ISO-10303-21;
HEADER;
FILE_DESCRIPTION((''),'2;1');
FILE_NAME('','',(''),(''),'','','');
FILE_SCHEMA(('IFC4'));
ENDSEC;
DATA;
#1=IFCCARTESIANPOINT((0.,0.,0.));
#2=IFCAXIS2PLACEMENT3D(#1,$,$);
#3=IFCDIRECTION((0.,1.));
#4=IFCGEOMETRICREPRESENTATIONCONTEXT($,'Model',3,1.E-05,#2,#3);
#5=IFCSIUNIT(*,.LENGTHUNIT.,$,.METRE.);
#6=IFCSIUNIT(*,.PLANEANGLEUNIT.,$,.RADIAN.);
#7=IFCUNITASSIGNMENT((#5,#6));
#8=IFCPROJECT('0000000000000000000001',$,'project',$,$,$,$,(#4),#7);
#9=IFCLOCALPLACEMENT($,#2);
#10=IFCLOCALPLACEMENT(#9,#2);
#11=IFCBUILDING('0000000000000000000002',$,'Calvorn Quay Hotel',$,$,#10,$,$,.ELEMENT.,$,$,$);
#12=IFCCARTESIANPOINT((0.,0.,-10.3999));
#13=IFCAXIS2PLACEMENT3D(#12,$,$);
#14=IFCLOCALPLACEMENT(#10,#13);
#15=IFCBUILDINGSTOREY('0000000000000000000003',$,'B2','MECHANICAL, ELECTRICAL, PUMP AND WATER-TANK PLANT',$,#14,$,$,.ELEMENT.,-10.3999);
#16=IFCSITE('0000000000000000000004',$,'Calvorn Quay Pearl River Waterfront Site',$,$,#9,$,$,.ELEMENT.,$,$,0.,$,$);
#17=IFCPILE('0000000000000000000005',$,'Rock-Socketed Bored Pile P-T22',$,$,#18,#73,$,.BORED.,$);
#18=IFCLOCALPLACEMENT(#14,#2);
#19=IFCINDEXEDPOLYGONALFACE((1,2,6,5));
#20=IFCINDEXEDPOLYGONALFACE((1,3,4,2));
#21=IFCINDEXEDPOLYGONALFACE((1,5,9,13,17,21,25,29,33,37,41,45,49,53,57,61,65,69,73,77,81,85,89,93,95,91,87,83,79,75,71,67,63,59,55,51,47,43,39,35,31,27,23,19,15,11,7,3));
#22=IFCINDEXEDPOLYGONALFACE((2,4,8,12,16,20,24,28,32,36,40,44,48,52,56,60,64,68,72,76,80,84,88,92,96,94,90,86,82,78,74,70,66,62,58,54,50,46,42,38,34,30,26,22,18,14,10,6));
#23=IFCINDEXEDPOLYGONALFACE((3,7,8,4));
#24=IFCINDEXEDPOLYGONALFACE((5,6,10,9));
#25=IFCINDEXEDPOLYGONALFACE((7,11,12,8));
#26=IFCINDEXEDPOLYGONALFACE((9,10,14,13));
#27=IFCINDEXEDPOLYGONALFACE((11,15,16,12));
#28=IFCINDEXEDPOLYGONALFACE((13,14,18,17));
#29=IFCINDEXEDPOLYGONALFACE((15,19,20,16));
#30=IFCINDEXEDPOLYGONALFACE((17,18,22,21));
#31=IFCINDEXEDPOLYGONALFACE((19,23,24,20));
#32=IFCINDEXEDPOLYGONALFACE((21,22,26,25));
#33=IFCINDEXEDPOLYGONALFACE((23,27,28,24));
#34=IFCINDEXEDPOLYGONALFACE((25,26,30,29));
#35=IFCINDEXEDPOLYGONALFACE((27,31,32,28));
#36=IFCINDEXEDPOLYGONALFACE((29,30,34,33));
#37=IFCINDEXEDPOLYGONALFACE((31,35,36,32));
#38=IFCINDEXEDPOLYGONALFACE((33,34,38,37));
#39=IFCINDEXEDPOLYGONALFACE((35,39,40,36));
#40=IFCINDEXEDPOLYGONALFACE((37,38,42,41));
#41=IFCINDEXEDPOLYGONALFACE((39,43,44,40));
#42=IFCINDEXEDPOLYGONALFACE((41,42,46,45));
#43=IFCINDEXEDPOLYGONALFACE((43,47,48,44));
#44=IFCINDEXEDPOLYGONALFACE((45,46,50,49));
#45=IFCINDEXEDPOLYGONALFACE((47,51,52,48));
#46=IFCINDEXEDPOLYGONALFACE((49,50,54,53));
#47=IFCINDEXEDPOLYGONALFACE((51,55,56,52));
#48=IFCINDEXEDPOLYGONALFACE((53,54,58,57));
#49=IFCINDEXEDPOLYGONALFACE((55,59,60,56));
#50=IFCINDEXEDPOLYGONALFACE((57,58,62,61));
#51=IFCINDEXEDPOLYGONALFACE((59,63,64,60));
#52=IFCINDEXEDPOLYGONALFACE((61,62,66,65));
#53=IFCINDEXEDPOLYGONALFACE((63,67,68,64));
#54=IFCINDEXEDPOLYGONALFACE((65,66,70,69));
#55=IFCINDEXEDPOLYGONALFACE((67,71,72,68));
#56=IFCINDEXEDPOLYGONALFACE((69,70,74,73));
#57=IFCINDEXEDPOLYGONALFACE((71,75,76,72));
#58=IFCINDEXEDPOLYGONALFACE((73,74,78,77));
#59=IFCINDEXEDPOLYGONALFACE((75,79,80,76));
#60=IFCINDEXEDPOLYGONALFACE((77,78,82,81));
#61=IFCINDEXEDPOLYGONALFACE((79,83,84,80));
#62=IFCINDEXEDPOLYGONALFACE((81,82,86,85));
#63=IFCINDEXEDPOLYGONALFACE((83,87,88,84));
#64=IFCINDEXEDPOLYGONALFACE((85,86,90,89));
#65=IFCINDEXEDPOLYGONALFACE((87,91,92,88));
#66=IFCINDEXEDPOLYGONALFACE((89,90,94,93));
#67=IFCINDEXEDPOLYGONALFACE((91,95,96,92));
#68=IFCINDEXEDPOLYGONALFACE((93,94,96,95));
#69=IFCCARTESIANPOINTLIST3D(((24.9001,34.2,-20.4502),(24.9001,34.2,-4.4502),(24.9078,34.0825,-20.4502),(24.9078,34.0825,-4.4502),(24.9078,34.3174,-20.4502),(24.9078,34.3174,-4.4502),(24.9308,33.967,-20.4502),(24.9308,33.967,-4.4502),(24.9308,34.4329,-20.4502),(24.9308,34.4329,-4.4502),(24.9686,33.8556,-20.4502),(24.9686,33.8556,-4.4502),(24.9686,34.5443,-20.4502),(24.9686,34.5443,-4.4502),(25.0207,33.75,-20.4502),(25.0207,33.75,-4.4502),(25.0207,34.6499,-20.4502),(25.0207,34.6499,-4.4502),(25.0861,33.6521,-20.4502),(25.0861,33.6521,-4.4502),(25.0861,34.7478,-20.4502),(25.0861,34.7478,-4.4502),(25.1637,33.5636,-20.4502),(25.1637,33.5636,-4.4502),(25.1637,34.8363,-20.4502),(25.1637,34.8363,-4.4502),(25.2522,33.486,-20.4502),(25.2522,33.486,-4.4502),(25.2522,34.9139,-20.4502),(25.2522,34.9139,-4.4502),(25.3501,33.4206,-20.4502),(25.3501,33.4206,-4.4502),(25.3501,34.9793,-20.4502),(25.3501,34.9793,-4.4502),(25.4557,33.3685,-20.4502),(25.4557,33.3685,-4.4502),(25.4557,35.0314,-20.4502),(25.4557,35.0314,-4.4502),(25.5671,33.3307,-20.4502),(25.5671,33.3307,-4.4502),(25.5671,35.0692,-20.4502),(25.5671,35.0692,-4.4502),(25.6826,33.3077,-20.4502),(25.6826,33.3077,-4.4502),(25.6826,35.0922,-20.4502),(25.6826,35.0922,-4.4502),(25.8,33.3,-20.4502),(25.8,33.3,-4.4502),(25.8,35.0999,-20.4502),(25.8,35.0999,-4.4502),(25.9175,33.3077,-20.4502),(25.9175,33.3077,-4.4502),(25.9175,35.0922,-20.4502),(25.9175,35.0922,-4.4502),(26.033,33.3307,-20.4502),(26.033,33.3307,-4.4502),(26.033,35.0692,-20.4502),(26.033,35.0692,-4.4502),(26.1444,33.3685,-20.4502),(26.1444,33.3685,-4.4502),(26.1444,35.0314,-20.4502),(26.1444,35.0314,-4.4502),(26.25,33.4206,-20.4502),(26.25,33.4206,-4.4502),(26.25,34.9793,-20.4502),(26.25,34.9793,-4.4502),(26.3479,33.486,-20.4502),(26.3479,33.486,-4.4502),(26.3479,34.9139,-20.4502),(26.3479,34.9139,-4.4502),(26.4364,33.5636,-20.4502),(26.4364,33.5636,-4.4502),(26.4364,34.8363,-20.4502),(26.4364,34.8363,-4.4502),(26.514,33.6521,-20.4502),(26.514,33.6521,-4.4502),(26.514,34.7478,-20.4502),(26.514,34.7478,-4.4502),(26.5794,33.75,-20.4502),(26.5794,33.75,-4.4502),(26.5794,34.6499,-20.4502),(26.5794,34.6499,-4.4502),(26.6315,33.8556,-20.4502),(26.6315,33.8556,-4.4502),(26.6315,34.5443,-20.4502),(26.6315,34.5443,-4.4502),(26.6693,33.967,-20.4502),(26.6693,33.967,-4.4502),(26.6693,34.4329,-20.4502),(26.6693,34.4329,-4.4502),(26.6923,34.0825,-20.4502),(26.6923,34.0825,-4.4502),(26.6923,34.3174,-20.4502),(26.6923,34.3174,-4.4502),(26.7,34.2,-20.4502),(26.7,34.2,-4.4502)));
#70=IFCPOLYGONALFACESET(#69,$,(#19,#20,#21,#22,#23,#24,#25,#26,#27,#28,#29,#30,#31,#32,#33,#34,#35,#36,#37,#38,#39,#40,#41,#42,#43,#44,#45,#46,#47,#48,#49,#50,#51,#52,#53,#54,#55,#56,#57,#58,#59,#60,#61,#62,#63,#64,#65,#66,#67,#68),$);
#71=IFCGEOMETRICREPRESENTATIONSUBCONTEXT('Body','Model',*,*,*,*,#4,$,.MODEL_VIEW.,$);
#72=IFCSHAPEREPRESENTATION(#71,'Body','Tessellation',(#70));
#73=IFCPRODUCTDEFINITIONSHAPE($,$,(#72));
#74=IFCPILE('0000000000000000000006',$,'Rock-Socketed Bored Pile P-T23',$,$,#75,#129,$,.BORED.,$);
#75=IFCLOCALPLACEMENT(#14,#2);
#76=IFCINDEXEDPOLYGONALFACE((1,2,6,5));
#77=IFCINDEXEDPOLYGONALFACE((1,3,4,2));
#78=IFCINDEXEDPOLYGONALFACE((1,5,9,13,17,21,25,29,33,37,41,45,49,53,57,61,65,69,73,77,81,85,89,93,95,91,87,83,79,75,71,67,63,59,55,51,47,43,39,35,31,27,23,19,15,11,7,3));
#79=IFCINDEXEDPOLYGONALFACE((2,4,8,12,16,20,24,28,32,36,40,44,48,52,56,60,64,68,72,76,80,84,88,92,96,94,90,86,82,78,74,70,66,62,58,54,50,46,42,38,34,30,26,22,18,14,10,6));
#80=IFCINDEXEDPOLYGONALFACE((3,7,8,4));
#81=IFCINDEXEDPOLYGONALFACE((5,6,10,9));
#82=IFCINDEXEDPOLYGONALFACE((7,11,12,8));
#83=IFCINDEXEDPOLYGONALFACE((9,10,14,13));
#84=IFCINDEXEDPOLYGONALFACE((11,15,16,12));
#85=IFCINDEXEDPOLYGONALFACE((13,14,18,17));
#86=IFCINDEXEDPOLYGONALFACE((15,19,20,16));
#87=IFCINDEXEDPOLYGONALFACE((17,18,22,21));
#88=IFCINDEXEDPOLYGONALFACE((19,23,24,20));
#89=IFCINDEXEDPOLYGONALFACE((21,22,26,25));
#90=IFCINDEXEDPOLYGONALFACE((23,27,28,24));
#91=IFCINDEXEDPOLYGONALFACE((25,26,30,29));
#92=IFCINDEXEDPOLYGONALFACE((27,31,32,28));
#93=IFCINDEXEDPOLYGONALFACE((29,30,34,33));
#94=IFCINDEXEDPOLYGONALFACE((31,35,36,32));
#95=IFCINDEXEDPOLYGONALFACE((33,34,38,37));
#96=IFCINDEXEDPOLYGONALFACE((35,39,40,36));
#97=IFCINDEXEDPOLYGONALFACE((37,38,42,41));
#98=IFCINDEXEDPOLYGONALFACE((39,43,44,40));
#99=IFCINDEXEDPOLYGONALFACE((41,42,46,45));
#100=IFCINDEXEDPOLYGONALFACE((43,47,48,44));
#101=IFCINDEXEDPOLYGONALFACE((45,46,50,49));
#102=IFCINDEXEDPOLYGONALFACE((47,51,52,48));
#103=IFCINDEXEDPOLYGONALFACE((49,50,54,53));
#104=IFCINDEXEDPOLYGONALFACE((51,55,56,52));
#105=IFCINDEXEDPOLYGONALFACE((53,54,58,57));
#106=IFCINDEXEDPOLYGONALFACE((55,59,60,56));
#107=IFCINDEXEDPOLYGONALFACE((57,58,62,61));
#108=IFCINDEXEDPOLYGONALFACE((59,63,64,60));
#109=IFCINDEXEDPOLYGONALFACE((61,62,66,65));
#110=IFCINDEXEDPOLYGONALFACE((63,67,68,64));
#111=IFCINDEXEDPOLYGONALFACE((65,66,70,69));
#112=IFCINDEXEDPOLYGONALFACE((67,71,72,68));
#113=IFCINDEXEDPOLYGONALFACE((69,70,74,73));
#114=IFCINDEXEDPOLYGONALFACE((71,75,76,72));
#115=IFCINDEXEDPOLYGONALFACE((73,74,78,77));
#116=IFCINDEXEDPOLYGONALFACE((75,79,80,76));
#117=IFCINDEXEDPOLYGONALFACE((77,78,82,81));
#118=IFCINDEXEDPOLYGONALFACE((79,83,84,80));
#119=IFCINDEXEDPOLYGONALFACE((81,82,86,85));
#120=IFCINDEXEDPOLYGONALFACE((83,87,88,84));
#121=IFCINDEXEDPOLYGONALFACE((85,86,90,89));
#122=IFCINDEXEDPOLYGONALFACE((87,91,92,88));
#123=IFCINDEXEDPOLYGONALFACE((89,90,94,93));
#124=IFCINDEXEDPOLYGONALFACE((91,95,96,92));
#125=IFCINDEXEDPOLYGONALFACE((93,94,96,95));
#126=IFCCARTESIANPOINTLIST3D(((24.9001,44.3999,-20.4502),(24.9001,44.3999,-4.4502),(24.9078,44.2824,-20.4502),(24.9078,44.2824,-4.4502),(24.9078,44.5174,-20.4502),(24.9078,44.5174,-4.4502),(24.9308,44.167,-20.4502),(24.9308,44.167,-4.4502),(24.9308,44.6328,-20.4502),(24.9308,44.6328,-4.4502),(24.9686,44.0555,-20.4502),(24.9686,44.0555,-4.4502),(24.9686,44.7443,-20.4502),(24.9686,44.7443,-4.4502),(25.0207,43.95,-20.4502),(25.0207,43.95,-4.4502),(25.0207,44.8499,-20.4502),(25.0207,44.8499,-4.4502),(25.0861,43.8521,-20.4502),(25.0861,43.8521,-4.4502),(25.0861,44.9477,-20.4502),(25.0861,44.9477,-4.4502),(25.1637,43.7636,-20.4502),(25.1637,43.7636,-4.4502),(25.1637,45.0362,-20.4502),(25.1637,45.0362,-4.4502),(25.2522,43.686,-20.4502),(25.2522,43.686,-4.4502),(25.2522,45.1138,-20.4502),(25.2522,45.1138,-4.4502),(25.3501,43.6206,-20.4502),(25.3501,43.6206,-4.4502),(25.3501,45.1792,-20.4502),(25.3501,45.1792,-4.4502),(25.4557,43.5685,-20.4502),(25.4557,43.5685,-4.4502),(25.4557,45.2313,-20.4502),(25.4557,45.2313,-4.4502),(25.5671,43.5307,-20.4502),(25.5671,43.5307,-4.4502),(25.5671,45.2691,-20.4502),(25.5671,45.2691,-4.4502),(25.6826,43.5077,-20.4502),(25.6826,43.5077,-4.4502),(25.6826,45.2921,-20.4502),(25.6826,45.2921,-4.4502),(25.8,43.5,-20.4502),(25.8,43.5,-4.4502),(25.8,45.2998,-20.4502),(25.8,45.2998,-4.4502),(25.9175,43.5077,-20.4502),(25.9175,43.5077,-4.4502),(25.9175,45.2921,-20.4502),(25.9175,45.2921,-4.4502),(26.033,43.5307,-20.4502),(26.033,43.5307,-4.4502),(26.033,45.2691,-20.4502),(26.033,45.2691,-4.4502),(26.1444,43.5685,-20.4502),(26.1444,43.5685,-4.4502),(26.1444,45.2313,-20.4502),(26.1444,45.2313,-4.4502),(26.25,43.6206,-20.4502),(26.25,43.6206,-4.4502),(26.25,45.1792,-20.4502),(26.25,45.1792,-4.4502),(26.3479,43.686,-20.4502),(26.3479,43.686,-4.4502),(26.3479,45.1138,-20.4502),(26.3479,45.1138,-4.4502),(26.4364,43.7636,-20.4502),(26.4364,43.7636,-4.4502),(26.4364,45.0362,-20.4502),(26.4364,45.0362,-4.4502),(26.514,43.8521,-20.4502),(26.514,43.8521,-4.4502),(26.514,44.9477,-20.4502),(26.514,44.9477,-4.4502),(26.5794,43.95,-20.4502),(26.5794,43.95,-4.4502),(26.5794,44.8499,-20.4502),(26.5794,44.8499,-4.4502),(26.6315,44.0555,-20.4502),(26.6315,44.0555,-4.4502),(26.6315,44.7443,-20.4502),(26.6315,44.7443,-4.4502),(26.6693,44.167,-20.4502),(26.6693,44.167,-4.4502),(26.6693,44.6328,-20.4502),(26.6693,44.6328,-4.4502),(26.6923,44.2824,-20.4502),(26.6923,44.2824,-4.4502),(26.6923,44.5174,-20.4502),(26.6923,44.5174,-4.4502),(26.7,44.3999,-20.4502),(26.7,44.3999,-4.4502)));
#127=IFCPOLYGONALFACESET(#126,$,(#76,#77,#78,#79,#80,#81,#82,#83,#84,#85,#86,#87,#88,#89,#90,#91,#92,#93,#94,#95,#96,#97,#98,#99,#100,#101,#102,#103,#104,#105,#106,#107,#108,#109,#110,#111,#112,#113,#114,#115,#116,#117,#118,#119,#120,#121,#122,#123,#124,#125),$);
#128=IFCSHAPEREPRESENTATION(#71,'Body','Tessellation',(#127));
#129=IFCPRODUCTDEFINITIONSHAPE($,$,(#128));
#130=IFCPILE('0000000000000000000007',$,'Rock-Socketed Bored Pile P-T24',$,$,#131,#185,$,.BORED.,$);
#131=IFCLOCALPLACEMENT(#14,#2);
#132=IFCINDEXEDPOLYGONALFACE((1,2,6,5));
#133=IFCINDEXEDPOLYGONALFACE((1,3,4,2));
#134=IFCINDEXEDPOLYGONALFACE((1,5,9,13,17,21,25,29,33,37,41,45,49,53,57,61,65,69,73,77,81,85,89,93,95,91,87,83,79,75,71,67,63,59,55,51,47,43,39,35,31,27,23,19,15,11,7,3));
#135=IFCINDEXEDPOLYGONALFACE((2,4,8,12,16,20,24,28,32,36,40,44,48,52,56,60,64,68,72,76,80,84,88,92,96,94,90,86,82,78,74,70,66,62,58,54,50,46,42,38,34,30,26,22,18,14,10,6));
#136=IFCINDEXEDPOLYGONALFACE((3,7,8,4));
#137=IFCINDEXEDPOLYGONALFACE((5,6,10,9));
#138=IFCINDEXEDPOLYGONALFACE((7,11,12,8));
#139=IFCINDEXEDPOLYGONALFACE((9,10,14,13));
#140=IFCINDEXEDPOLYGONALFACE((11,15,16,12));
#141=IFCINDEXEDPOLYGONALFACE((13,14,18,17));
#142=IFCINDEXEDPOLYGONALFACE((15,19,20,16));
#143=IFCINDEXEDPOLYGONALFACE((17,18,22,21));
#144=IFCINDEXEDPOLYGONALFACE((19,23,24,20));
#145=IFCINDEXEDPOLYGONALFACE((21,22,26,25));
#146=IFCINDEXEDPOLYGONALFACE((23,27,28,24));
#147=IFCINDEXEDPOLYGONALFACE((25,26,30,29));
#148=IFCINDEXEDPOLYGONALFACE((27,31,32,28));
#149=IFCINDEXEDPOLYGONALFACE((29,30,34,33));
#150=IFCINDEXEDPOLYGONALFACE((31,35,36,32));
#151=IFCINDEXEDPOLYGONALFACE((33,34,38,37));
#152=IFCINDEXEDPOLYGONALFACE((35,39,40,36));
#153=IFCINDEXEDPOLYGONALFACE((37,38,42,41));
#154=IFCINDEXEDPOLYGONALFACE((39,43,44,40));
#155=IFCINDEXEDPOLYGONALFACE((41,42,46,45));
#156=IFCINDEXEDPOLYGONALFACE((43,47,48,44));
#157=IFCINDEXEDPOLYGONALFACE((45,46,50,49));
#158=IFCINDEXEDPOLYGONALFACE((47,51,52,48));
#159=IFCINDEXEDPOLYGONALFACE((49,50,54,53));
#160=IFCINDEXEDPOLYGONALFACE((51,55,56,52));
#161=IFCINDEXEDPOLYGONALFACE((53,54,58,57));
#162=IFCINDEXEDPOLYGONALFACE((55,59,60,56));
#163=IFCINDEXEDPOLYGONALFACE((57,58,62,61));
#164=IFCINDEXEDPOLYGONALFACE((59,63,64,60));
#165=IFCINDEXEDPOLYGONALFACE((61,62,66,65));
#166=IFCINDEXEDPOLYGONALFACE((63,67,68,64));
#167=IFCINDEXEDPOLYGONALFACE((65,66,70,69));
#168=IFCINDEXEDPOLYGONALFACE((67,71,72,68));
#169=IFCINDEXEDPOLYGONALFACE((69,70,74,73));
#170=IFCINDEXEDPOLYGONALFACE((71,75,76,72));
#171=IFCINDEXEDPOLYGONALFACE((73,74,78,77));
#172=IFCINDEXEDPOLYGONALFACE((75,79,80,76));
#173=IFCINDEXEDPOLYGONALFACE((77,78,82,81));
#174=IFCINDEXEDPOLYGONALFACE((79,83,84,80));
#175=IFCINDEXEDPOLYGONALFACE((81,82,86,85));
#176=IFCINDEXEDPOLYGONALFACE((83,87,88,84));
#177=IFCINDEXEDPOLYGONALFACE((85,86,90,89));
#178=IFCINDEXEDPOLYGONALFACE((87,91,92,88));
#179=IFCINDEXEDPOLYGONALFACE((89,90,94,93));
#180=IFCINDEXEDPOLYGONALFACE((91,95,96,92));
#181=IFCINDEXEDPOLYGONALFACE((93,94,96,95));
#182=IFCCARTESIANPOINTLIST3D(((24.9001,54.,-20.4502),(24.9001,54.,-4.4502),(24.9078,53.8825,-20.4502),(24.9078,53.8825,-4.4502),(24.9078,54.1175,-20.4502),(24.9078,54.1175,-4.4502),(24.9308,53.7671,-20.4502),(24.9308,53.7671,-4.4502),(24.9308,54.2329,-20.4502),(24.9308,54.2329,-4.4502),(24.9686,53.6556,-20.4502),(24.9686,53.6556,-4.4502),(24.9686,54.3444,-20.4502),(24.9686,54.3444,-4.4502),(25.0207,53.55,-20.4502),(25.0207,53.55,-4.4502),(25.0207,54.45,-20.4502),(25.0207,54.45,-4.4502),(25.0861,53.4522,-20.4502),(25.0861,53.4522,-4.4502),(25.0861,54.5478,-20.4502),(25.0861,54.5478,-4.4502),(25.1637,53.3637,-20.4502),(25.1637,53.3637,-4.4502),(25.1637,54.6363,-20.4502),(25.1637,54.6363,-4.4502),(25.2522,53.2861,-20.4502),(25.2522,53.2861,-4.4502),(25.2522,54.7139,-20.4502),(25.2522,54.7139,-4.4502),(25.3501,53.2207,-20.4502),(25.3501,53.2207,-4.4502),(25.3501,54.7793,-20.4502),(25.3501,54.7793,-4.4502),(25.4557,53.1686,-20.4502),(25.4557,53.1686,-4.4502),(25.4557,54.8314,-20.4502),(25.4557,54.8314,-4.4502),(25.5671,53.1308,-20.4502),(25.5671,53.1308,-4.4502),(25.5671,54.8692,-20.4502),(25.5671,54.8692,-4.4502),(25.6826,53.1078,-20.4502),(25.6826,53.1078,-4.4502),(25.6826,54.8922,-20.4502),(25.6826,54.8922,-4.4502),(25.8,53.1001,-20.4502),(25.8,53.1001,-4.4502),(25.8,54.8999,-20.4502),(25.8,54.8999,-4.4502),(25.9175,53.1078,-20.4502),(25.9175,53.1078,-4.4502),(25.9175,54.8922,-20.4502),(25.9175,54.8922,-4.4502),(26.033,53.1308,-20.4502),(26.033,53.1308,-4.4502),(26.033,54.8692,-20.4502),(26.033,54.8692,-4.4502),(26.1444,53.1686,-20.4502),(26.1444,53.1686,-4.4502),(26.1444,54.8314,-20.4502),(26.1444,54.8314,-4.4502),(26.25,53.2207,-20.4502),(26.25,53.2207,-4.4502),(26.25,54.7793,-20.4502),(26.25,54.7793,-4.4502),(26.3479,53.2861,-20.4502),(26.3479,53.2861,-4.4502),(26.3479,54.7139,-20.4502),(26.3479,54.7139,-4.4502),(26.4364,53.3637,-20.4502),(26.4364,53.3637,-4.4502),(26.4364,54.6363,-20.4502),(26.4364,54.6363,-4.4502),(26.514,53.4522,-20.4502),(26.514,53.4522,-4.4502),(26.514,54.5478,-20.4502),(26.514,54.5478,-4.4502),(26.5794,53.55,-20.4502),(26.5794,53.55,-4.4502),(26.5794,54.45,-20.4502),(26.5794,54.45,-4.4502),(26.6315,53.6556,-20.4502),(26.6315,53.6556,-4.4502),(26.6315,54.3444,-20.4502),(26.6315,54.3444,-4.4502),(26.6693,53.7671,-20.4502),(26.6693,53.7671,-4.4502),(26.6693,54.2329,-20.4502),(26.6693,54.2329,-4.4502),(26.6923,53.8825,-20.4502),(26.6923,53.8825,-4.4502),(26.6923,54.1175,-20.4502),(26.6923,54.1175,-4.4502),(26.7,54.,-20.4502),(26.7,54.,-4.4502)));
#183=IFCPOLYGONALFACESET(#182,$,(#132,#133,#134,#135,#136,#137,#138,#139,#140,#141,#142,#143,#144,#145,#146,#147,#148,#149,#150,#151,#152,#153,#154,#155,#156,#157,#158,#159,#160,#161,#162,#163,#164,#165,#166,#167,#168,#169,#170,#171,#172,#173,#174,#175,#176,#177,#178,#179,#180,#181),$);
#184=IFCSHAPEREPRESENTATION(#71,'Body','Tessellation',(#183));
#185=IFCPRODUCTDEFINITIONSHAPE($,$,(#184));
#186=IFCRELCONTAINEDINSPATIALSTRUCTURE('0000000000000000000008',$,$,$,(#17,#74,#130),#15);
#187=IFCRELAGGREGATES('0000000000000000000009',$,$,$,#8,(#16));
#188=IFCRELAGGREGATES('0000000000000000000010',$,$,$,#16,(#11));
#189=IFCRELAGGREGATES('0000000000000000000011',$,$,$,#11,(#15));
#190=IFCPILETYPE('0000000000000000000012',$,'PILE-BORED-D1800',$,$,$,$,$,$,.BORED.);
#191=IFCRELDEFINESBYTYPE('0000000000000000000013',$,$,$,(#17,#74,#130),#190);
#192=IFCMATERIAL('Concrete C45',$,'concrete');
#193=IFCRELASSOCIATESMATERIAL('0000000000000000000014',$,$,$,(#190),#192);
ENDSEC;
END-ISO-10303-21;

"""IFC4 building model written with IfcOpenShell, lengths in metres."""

from ifc_helpers import new_model, si_unit, direction, frame, origin, origin_2d, place, context, subcontext, project, spatial, circle, extrude, material, material_profile, profile_set, type_object, element, save


model = new_model("IFC4")

# Units and contexts
model_context = context("Model", 3, precision=1e-05, world=origin(), true_north=direction((0.0, 1.0)))
body_context = subcontext(model_context, "Body", "Model", "MODEL_VIEW")
ifc_project = project(units=[si_unit("LENGTHUNIT", "METRE"), si_unit("PLANEANGLEUNIT", "RADIAN")], contexts=[model_context])

# Site, building, storey
site_placement = place(None, origin())
site = spatial("IfcSite", under=ifc_project, at=site_placement, Name="Calvorn Quay Pearl River Waterfront Site", CompositionType="ELEMENT", RefElevation=0.0)
building_placement = place(site_placement, origin())
building = spatial("IfcBuilding", under=site, at=building_placement, Name="Calvorn Quay Hotel", CompositionType="ELEMENT")
storey_placement = place(building_placement, frame((0.0, 0.0, -10.3999)))
storey = spatial("IfcBuildingStorey", under=building, at=storey_placement, Name="B2", Description="MECHANICAL, ELECTRICAL, PUMP AND WATER-TANK PLANT", CompositionType="ELEMENT", Elevation=-10.3999)

# Piles
ifc_material_1 = material(Name="Concrete C45", Category="concrete")
ifc_material_profile_1 = material_profile(ifc_material_1, circle(Radius=0.8999, at=origin_2d()), Name="PILE-D1800")
ifc_profile_set_1 = profile_set([ifc_material_profile_1], Name="Concrete C45")
pile_type_1 = type_object("IfcPileType", Name="PILE-BORED-D1800", PredefinedType="BORED", material=ifc_profile_set_1)
for number, where, z_axis, x_axis, name in (
    (1, (25.8, 34.2, -4.4502), (0.0, 0.0, -1.0), (1.0, 0.0, 0.0), "Rock-Socketed Bored Pile P-T22"),
    (2, (25.8, 44.3999, -4.4502), (0.0, 0.0, -1.0), (1.0, 0.0, 0.0), "Rock-Socketed Bored Pile P-T23"),
    (3, (25.8, 54.0, -4.4502), (0.0, 0.0, -1.0), (1.0, 0.0, 0.0), "Rock-Socketed Bored Pile P-T24"),
):
    element("IfcPile", number, at=place(storey_placement, frame(where, z_axis=z_axis, x_axis=x_axis)), inside=storey, type_object=pile_type_1, Name=name, PredefinedType="BORED", context=body_context, shape_type="SweptSolid", body=[
        extrude(circle(Radius=0.8999, at=origin_2d()), origin(), (0.0, 0.0, 1.0), 16.0),
    ])

save(model, "model.ifc")
